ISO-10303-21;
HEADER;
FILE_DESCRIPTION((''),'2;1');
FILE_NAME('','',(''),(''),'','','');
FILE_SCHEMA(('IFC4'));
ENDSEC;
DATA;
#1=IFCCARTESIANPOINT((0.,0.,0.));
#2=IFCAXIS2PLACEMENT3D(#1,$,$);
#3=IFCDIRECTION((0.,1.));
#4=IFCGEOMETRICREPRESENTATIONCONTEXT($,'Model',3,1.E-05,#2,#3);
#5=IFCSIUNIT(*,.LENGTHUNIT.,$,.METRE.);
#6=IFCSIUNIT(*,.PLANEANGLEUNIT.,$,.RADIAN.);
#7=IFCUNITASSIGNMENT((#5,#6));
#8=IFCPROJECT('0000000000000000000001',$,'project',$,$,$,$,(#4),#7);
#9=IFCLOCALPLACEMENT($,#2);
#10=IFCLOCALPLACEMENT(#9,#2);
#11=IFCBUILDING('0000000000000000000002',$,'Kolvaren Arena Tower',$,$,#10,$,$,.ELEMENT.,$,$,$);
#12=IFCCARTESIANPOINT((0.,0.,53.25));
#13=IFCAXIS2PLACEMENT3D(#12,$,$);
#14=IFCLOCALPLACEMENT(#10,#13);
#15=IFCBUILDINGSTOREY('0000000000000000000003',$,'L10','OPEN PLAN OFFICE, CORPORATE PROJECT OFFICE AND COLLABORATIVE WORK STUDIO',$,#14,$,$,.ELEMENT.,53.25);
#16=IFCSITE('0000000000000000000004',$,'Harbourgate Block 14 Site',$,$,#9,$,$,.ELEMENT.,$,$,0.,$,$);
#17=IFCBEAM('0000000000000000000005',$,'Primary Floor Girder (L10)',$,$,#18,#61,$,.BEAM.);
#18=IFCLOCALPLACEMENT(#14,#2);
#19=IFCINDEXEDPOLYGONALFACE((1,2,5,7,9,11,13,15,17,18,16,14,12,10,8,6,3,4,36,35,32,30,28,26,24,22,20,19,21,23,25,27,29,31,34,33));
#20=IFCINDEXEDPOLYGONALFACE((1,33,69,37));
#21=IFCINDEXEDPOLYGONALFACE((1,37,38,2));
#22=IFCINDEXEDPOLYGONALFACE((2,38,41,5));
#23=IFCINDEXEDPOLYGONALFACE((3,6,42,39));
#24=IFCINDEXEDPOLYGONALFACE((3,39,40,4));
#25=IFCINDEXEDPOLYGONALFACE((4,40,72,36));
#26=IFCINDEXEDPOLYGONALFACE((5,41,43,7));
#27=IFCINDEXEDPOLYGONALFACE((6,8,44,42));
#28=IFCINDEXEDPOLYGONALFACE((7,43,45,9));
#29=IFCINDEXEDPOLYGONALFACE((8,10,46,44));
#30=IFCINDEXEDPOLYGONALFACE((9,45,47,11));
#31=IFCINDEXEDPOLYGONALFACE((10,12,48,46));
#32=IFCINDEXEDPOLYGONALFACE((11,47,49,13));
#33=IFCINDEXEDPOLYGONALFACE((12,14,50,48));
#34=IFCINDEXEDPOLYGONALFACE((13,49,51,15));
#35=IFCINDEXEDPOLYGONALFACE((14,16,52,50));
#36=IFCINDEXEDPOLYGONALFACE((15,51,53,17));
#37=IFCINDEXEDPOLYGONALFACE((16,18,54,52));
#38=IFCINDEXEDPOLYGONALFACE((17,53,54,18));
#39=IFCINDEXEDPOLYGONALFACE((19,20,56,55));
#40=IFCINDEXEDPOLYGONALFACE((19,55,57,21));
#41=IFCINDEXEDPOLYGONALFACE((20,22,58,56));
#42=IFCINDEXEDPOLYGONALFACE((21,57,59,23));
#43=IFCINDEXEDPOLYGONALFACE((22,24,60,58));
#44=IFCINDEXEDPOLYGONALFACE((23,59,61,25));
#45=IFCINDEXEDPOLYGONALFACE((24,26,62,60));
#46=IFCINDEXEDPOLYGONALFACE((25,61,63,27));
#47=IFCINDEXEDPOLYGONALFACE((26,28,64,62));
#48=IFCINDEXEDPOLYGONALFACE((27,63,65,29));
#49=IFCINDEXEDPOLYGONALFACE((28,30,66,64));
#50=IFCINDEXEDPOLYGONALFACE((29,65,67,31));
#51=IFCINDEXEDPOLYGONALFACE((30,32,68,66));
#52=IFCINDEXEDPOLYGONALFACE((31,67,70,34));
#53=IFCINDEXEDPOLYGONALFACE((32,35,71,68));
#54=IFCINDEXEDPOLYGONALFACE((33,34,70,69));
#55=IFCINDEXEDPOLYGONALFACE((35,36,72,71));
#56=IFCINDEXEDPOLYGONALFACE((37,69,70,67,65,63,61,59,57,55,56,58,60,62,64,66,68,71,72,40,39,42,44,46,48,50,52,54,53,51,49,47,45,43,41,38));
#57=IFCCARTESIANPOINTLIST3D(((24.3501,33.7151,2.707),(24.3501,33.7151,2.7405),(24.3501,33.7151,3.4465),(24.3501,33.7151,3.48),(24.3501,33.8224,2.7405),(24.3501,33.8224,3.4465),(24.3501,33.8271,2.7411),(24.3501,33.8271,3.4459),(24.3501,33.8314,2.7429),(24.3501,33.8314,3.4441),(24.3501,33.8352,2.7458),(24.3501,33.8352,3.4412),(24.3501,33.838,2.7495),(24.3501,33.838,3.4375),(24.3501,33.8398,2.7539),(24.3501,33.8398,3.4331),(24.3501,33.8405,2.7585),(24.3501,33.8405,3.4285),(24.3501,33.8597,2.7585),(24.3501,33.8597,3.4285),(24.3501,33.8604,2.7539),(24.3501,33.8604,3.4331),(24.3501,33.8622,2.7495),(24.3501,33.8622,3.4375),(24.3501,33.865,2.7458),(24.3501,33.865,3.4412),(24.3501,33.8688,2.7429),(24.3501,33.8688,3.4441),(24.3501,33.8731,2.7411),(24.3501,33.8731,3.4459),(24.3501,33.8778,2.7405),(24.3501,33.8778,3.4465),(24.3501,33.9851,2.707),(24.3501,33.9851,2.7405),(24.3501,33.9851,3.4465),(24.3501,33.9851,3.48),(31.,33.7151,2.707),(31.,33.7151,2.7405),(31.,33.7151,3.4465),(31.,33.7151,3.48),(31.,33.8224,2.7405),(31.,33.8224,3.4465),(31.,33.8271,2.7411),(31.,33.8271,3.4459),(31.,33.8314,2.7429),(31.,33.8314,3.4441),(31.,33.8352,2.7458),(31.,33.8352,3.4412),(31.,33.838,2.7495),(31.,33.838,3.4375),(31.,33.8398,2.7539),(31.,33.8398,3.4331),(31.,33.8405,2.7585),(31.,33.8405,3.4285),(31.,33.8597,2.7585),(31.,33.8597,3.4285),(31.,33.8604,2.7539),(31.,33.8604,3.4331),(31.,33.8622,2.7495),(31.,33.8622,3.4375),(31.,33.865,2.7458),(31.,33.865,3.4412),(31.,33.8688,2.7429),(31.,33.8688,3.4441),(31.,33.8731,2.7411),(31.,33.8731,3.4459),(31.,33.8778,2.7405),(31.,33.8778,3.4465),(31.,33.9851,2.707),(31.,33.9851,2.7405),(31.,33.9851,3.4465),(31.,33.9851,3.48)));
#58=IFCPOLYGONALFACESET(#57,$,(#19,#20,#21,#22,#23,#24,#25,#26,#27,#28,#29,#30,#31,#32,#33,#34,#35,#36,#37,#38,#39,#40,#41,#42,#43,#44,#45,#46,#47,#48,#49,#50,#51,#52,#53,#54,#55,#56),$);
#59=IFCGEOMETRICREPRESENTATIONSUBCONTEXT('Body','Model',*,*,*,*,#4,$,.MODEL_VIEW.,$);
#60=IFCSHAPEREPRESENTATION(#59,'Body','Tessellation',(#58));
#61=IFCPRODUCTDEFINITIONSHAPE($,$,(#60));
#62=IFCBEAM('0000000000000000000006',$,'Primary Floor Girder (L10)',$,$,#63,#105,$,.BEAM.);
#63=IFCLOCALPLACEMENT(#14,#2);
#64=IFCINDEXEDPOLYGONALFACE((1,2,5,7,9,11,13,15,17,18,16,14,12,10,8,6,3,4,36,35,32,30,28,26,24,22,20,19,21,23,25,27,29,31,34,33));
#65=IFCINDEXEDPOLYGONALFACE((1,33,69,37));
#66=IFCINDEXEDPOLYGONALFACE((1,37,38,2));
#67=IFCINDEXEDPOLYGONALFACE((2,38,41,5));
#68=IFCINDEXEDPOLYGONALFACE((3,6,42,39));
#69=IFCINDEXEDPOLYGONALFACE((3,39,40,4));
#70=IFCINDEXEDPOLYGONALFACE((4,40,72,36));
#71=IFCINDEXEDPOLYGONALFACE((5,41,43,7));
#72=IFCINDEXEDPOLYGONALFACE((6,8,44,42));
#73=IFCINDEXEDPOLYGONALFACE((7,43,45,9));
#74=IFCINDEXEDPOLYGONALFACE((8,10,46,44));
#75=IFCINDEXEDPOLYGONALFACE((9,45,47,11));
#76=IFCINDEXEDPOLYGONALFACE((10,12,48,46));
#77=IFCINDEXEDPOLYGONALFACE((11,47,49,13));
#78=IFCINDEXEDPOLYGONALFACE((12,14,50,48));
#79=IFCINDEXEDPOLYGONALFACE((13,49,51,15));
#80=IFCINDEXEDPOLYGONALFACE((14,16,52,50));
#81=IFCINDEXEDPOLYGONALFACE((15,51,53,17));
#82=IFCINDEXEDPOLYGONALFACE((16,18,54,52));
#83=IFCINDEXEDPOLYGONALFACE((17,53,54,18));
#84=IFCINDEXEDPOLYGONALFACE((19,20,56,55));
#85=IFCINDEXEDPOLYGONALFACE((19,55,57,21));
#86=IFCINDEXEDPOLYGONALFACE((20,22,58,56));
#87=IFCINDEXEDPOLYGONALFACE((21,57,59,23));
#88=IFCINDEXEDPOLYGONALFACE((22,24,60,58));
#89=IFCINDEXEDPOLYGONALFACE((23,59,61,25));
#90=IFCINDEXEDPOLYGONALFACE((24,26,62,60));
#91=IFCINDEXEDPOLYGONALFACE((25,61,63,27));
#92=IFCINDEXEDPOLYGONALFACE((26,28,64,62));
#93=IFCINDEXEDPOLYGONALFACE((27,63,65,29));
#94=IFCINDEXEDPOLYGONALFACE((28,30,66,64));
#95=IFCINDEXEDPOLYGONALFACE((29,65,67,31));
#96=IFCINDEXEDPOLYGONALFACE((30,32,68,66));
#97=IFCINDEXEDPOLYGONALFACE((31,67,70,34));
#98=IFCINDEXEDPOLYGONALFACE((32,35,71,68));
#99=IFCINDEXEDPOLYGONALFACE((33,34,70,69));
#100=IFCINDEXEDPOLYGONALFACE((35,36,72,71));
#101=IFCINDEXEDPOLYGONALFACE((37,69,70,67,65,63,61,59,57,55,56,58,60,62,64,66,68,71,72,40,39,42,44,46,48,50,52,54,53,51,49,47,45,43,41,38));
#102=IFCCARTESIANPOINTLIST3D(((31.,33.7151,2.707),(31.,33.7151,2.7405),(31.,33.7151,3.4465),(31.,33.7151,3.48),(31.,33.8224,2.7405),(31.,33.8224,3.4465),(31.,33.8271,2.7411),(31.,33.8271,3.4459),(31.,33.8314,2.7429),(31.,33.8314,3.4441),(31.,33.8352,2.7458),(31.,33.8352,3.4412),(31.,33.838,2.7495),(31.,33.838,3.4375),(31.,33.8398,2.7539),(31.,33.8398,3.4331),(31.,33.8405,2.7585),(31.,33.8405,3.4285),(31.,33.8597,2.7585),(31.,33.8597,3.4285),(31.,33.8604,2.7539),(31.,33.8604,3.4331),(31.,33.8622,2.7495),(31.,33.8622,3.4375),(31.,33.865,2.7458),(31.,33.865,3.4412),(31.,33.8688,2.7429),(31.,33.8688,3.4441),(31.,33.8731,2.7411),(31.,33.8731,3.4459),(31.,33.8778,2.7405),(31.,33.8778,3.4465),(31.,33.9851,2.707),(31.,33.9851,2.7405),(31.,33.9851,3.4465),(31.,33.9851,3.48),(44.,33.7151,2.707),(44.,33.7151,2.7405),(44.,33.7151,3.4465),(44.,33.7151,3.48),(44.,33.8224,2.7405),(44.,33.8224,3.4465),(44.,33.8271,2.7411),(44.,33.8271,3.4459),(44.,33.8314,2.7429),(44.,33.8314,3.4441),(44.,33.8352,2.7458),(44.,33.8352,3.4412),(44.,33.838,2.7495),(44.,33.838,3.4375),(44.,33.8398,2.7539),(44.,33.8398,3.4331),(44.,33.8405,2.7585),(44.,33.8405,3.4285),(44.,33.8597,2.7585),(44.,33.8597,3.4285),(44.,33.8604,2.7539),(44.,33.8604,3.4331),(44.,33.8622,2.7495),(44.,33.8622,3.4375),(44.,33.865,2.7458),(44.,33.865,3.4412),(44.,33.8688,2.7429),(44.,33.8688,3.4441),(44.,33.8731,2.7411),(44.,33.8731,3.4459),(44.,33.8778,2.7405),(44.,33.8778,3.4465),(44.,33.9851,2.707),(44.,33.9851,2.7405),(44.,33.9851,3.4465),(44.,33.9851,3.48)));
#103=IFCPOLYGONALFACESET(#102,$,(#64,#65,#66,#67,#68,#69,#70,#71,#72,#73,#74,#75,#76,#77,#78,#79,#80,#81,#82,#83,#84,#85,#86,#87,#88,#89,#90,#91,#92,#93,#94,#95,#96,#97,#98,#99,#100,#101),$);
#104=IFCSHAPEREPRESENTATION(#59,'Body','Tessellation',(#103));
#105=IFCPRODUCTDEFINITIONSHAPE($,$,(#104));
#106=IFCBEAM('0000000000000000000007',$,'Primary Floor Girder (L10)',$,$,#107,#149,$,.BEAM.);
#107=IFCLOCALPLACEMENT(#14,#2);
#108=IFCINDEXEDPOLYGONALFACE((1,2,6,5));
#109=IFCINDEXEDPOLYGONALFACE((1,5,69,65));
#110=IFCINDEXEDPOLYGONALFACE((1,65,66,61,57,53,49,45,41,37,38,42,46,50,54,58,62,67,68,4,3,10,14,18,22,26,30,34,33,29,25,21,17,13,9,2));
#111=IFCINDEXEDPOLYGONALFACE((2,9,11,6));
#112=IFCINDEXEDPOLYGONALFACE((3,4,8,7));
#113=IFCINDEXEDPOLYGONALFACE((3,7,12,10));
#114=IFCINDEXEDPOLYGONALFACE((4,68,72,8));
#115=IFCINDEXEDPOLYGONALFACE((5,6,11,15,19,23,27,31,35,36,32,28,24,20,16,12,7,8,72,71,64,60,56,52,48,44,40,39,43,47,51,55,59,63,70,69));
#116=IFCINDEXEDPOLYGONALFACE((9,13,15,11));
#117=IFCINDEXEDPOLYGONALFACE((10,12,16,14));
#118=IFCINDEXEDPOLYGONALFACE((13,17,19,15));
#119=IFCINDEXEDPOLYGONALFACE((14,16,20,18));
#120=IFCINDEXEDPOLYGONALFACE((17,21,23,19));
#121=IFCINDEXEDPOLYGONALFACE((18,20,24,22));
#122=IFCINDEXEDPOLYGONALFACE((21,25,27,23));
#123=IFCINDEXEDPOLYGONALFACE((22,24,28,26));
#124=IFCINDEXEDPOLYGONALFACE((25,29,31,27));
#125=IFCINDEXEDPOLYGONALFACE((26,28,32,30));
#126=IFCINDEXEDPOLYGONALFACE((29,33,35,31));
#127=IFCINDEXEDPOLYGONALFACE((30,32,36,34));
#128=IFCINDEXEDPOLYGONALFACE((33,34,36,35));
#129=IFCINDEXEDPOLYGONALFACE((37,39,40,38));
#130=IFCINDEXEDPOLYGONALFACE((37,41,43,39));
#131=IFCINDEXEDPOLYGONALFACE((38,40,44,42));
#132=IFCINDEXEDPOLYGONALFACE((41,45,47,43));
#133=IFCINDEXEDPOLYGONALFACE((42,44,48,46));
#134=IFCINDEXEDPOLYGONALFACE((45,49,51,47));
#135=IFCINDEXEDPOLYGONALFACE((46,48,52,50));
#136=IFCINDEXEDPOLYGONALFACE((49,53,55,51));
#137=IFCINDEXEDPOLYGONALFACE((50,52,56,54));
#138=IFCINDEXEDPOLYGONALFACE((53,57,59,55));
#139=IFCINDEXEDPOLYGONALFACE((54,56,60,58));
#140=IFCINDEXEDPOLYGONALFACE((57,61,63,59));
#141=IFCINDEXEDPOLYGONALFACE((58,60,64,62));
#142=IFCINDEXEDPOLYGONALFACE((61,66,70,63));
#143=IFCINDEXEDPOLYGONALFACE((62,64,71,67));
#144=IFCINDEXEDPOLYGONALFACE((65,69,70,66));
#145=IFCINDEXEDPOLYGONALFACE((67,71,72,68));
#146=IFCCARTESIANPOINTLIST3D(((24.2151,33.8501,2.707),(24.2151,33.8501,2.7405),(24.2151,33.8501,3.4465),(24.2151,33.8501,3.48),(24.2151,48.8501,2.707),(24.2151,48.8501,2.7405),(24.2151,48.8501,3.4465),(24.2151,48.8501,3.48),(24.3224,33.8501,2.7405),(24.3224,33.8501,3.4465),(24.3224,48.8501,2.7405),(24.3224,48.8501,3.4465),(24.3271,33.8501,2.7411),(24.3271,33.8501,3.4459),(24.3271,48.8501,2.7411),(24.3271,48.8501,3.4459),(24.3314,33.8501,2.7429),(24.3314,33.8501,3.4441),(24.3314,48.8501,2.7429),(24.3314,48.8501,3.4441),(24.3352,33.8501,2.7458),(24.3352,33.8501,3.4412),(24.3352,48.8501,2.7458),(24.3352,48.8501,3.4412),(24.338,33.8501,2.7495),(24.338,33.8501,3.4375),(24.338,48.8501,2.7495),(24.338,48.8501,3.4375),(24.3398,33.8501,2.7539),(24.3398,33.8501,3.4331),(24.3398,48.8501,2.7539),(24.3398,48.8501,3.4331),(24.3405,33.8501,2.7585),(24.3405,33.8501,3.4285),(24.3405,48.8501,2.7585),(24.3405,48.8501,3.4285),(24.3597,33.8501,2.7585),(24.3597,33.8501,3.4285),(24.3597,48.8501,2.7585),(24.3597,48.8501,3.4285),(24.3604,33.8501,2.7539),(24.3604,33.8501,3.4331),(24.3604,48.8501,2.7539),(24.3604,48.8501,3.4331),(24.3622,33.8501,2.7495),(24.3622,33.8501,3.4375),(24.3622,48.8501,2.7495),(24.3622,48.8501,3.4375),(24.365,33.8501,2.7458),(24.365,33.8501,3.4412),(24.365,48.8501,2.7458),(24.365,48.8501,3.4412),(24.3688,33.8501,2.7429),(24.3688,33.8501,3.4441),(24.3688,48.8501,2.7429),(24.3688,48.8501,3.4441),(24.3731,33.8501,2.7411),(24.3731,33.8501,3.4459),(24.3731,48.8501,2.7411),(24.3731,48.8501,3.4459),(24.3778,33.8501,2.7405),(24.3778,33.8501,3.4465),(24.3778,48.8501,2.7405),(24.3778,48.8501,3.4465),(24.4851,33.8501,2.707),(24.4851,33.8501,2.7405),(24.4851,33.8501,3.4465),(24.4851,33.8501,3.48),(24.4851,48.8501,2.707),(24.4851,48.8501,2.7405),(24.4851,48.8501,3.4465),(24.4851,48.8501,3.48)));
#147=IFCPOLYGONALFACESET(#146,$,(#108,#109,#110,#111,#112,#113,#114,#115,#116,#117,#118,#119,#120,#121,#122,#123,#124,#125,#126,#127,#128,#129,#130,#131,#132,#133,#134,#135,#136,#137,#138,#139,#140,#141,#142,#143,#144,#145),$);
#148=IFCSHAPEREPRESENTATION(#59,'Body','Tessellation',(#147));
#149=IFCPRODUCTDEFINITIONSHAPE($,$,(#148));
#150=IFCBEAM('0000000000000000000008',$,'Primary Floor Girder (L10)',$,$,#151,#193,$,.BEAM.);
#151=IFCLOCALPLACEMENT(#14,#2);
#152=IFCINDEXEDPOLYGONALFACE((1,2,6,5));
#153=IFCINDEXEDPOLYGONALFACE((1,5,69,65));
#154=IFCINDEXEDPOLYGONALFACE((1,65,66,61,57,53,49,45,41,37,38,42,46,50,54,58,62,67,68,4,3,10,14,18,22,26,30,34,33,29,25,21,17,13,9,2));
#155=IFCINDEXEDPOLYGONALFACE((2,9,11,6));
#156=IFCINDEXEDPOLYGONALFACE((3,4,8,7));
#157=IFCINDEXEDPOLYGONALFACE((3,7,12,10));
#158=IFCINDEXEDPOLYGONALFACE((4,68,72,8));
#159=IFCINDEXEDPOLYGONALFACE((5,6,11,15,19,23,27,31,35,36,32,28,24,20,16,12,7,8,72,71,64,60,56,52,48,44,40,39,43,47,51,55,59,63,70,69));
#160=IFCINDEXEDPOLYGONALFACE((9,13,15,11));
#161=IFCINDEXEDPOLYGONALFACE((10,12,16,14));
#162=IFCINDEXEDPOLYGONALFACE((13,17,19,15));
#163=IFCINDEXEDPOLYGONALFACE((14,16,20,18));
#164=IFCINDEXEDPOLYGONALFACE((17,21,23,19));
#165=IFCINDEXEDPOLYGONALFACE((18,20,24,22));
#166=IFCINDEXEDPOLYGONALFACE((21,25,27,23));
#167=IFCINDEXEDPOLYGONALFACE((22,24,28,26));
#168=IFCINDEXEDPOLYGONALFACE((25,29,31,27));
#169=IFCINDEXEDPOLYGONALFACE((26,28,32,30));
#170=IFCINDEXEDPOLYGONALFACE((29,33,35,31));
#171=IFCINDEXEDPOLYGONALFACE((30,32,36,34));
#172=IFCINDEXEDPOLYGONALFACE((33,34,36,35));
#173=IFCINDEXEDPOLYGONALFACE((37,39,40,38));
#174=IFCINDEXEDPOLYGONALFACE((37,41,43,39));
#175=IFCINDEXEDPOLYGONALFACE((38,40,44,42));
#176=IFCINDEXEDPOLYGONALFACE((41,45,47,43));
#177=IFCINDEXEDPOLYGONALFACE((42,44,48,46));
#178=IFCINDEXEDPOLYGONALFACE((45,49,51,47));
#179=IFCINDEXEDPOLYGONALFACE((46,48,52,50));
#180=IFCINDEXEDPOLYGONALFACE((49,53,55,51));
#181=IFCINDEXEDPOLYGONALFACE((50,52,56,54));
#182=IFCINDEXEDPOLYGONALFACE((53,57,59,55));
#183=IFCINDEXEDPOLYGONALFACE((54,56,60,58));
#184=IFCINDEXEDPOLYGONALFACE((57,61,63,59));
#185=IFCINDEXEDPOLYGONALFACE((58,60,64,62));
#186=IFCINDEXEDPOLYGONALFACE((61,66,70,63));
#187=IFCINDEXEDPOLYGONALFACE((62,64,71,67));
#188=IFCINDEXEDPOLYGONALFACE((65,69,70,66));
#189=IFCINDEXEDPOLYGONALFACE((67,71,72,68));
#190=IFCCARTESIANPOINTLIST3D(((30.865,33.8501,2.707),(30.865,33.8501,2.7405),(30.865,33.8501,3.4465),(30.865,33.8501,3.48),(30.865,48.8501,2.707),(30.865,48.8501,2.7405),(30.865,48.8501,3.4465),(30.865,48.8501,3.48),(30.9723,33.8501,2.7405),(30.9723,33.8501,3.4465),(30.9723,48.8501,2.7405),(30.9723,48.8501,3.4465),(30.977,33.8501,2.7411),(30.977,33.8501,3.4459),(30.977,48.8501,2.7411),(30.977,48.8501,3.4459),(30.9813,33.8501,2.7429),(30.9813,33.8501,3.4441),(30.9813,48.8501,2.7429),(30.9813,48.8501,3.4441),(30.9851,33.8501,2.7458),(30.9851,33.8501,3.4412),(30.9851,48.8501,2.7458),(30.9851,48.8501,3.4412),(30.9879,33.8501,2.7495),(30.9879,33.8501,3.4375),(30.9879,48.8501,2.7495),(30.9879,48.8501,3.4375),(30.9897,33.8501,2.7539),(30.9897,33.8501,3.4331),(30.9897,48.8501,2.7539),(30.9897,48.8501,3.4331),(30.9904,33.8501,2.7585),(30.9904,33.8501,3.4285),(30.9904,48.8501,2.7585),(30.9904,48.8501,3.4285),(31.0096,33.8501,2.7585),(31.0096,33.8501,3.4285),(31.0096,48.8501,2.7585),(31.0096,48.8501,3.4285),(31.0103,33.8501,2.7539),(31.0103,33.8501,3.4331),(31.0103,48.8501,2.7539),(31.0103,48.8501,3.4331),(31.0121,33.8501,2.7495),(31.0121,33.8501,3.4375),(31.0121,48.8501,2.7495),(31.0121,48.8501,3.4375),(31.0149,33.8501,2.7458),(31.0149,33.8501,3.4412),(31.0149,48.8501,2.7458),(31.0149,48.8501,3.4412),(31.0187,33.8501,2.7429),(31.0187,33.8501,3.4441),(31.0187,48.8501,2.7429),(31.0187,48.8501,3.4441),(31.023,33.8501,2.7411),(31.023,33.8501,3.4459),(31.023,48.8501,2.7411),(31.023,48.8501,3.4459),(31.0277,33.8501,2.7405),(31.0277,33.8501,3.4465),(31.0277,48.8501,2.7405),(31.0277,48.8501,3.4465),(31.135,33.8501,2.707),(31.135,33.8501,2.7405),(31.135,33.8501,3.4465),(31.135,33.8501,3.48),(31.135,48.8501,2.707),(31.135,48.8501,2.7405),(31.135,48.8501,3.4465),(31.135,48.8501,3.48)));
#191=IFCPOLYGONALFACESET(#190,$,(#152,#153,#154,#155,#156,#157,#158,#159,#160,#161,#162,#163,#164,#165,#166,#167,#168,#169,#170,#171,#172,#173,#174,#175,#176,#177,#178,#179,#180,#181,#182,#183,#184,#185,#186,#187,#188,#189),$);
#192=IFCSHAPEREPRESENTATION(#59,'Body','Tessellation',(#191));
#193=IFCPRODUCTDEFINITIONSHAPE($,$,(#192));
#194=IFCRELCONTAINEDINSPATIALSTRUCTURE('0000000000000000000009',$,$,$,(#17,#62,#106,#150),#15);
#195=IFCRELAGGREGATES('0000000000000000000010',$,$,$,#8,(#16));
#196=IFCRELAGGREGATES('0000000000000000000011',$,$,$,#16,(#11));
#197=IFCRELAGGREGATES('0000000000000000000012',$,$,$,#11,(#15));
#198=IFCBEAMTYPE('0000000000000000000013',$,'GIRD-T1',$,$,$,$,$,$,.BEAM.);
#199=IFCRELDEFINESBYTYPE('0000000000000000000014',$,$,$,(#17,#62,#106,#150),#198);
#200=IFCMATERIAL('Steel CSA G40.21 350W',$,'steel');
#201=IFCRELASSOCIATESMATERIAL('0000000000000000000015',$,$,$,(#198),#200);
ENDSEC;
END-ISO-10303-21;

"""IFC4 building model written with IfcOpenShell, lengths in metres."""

from ifc_helpers import new_model, si_unit, direction, frame, origin, origin_2d, place, context, subcontext, project, spatial, i_section, extrude, material, material_profile, profile_set, type_object, element, save


model = new_model("IFC4")

# Units and contexts
model_context = context("Model", 3, precision=1e-05, world=origin(), true_north=direction((0.0, 1.0)))
body_context = subcontext(model_context, "Body", "Model", "MODEL_VIEW")
ifc_project = project(units=[si_unit("LENGTHUNIT", "METRE"), si_unit("PLANEANGLEUNIT", "RADIAN")], contexts=[model_context])

# Site, building, storey
site_placement = place(None, origin())
site = spatial("IfcSite", under=ifc_project, at=site_placement, Name="Harbourgate Block 14 Site", CompositionType="ELEMENT", RefElevation=0.0)
building_placement = place(site_placement, origin())
building = spatial("IfcBuilding", under=site, at=building_placement, Name="Kolvaren Arena Tower", CompositionType="ELEMENT")
storey_placement = place(building_placement, frame((0.0, 0.0, 53.25)))
storey = spatial("IfcBuildingStorey", under=building, at=storey_placement, Name="L10", Description="OPEN PLAN OFFICE, CORPORATE PROJECT OFFICE AND COLLABORATIVE WORK STUDIO", CompositionType="ELEMENT", Elevation=53.25)

# Beams
ifc_material_1 = material(Name="Steel CSA G40.21 350W", Category="steel")
ifc_material_profile_1 = material_profile(ifc_material_1, i_section(OverallWidth=0.27, OverallDepth=0.7729, WebThickness=0.0193, FlangeThickness=0.0334, FilletRadius=0.0181, at=origin_2d()), Name="W760x257")
ifc_profile_set_1 = profile_set([ifc_material_profile_1], Name="Steel CSA G40.21 350W")
beam_type_1 = type_object("IfcBeamType", Name="GIRD-T1", PredefinedType="BEAM", material=ifc_profile_set_1)
beam_1_placement = place(storey_placement, frame((24.3501, 33.8501, 3.0935), z_axis=(1.0, 0.0, 0.0), x_axis=(0.0, 1.0, 0.0)))
element("IfcBeam", 1, at=beam_1_placement, inside=storey, type_object=beam_type_1, Name="Primary Floor Girder (L10)", PredefinedType="BEAM", context=body_context, shape_type="SweptSolid", body=[
    extrude(i_section(OverallWidth=0.27, OverallDepth=0.7729, WebThickness=0.0193, FlangeThickness=0.0334, FilletRadius=0.0181, at=origin_2d()), origin(), (0.0, 0.0, 1.0), 6.6499),
])
beam_2_placement = place(storey_placement, frame((31.0, 33.8501, 3.0935), z_axis=(1.0, 0.0, 0.0), x_axis=(0.0, 1.0, 0.0)))
element("IfcBeam", 2, at=beam_2_placement, inside=storey, type_object=beam_type_1, Name="Primary Floor Girder (L10)", PredefinedType="BEAM", context=body_context, shape_type="SweptSolid", body=[
    extrude(i_section(OverallWidth=0.27, OverallDepth=0.7729, WebThickness=0.0193, FlangeThickness=0.0334, FilletRadius=0.0181, at=origin_2d()), origin(), (0.0, 0.0, 1.0), 13.0),
])
for number, where, z_axis, x_axis, name in (
    (3, (24.3501, 33.8501, 3.0935), (0.0, 1.0, 0.0), (-1.0, 0.0, 0.0), "Primary Floor Girder (L10)"),
    (4, (31.0, 33.8501, 3.0935), (0.0, 1.0, 0.0), (-1.0, 0.0, 0.0), "Primary Floor Girder (L10)"),
):
    element("IfcBeam", number, at=place(storey_placement, frame(where, z_axis=z_axis, x_axis=x_axis)), inside=storey, type_object=beam_type_1, Name=name, PredefinedType="BEAM", context=body_context, shape_type="SweptSolid", body=[
        extrude(i_section(OverallWidth=0.27, OverallDepth=0.7729, WebThickness=0.0193, FlangeThickness=0.0334, FilletRadius=0.0181, at=origin_2d()), origin(), (0.0, 0.0, 1.0), 15.0),
    ])

save(model, "model.ifc")
